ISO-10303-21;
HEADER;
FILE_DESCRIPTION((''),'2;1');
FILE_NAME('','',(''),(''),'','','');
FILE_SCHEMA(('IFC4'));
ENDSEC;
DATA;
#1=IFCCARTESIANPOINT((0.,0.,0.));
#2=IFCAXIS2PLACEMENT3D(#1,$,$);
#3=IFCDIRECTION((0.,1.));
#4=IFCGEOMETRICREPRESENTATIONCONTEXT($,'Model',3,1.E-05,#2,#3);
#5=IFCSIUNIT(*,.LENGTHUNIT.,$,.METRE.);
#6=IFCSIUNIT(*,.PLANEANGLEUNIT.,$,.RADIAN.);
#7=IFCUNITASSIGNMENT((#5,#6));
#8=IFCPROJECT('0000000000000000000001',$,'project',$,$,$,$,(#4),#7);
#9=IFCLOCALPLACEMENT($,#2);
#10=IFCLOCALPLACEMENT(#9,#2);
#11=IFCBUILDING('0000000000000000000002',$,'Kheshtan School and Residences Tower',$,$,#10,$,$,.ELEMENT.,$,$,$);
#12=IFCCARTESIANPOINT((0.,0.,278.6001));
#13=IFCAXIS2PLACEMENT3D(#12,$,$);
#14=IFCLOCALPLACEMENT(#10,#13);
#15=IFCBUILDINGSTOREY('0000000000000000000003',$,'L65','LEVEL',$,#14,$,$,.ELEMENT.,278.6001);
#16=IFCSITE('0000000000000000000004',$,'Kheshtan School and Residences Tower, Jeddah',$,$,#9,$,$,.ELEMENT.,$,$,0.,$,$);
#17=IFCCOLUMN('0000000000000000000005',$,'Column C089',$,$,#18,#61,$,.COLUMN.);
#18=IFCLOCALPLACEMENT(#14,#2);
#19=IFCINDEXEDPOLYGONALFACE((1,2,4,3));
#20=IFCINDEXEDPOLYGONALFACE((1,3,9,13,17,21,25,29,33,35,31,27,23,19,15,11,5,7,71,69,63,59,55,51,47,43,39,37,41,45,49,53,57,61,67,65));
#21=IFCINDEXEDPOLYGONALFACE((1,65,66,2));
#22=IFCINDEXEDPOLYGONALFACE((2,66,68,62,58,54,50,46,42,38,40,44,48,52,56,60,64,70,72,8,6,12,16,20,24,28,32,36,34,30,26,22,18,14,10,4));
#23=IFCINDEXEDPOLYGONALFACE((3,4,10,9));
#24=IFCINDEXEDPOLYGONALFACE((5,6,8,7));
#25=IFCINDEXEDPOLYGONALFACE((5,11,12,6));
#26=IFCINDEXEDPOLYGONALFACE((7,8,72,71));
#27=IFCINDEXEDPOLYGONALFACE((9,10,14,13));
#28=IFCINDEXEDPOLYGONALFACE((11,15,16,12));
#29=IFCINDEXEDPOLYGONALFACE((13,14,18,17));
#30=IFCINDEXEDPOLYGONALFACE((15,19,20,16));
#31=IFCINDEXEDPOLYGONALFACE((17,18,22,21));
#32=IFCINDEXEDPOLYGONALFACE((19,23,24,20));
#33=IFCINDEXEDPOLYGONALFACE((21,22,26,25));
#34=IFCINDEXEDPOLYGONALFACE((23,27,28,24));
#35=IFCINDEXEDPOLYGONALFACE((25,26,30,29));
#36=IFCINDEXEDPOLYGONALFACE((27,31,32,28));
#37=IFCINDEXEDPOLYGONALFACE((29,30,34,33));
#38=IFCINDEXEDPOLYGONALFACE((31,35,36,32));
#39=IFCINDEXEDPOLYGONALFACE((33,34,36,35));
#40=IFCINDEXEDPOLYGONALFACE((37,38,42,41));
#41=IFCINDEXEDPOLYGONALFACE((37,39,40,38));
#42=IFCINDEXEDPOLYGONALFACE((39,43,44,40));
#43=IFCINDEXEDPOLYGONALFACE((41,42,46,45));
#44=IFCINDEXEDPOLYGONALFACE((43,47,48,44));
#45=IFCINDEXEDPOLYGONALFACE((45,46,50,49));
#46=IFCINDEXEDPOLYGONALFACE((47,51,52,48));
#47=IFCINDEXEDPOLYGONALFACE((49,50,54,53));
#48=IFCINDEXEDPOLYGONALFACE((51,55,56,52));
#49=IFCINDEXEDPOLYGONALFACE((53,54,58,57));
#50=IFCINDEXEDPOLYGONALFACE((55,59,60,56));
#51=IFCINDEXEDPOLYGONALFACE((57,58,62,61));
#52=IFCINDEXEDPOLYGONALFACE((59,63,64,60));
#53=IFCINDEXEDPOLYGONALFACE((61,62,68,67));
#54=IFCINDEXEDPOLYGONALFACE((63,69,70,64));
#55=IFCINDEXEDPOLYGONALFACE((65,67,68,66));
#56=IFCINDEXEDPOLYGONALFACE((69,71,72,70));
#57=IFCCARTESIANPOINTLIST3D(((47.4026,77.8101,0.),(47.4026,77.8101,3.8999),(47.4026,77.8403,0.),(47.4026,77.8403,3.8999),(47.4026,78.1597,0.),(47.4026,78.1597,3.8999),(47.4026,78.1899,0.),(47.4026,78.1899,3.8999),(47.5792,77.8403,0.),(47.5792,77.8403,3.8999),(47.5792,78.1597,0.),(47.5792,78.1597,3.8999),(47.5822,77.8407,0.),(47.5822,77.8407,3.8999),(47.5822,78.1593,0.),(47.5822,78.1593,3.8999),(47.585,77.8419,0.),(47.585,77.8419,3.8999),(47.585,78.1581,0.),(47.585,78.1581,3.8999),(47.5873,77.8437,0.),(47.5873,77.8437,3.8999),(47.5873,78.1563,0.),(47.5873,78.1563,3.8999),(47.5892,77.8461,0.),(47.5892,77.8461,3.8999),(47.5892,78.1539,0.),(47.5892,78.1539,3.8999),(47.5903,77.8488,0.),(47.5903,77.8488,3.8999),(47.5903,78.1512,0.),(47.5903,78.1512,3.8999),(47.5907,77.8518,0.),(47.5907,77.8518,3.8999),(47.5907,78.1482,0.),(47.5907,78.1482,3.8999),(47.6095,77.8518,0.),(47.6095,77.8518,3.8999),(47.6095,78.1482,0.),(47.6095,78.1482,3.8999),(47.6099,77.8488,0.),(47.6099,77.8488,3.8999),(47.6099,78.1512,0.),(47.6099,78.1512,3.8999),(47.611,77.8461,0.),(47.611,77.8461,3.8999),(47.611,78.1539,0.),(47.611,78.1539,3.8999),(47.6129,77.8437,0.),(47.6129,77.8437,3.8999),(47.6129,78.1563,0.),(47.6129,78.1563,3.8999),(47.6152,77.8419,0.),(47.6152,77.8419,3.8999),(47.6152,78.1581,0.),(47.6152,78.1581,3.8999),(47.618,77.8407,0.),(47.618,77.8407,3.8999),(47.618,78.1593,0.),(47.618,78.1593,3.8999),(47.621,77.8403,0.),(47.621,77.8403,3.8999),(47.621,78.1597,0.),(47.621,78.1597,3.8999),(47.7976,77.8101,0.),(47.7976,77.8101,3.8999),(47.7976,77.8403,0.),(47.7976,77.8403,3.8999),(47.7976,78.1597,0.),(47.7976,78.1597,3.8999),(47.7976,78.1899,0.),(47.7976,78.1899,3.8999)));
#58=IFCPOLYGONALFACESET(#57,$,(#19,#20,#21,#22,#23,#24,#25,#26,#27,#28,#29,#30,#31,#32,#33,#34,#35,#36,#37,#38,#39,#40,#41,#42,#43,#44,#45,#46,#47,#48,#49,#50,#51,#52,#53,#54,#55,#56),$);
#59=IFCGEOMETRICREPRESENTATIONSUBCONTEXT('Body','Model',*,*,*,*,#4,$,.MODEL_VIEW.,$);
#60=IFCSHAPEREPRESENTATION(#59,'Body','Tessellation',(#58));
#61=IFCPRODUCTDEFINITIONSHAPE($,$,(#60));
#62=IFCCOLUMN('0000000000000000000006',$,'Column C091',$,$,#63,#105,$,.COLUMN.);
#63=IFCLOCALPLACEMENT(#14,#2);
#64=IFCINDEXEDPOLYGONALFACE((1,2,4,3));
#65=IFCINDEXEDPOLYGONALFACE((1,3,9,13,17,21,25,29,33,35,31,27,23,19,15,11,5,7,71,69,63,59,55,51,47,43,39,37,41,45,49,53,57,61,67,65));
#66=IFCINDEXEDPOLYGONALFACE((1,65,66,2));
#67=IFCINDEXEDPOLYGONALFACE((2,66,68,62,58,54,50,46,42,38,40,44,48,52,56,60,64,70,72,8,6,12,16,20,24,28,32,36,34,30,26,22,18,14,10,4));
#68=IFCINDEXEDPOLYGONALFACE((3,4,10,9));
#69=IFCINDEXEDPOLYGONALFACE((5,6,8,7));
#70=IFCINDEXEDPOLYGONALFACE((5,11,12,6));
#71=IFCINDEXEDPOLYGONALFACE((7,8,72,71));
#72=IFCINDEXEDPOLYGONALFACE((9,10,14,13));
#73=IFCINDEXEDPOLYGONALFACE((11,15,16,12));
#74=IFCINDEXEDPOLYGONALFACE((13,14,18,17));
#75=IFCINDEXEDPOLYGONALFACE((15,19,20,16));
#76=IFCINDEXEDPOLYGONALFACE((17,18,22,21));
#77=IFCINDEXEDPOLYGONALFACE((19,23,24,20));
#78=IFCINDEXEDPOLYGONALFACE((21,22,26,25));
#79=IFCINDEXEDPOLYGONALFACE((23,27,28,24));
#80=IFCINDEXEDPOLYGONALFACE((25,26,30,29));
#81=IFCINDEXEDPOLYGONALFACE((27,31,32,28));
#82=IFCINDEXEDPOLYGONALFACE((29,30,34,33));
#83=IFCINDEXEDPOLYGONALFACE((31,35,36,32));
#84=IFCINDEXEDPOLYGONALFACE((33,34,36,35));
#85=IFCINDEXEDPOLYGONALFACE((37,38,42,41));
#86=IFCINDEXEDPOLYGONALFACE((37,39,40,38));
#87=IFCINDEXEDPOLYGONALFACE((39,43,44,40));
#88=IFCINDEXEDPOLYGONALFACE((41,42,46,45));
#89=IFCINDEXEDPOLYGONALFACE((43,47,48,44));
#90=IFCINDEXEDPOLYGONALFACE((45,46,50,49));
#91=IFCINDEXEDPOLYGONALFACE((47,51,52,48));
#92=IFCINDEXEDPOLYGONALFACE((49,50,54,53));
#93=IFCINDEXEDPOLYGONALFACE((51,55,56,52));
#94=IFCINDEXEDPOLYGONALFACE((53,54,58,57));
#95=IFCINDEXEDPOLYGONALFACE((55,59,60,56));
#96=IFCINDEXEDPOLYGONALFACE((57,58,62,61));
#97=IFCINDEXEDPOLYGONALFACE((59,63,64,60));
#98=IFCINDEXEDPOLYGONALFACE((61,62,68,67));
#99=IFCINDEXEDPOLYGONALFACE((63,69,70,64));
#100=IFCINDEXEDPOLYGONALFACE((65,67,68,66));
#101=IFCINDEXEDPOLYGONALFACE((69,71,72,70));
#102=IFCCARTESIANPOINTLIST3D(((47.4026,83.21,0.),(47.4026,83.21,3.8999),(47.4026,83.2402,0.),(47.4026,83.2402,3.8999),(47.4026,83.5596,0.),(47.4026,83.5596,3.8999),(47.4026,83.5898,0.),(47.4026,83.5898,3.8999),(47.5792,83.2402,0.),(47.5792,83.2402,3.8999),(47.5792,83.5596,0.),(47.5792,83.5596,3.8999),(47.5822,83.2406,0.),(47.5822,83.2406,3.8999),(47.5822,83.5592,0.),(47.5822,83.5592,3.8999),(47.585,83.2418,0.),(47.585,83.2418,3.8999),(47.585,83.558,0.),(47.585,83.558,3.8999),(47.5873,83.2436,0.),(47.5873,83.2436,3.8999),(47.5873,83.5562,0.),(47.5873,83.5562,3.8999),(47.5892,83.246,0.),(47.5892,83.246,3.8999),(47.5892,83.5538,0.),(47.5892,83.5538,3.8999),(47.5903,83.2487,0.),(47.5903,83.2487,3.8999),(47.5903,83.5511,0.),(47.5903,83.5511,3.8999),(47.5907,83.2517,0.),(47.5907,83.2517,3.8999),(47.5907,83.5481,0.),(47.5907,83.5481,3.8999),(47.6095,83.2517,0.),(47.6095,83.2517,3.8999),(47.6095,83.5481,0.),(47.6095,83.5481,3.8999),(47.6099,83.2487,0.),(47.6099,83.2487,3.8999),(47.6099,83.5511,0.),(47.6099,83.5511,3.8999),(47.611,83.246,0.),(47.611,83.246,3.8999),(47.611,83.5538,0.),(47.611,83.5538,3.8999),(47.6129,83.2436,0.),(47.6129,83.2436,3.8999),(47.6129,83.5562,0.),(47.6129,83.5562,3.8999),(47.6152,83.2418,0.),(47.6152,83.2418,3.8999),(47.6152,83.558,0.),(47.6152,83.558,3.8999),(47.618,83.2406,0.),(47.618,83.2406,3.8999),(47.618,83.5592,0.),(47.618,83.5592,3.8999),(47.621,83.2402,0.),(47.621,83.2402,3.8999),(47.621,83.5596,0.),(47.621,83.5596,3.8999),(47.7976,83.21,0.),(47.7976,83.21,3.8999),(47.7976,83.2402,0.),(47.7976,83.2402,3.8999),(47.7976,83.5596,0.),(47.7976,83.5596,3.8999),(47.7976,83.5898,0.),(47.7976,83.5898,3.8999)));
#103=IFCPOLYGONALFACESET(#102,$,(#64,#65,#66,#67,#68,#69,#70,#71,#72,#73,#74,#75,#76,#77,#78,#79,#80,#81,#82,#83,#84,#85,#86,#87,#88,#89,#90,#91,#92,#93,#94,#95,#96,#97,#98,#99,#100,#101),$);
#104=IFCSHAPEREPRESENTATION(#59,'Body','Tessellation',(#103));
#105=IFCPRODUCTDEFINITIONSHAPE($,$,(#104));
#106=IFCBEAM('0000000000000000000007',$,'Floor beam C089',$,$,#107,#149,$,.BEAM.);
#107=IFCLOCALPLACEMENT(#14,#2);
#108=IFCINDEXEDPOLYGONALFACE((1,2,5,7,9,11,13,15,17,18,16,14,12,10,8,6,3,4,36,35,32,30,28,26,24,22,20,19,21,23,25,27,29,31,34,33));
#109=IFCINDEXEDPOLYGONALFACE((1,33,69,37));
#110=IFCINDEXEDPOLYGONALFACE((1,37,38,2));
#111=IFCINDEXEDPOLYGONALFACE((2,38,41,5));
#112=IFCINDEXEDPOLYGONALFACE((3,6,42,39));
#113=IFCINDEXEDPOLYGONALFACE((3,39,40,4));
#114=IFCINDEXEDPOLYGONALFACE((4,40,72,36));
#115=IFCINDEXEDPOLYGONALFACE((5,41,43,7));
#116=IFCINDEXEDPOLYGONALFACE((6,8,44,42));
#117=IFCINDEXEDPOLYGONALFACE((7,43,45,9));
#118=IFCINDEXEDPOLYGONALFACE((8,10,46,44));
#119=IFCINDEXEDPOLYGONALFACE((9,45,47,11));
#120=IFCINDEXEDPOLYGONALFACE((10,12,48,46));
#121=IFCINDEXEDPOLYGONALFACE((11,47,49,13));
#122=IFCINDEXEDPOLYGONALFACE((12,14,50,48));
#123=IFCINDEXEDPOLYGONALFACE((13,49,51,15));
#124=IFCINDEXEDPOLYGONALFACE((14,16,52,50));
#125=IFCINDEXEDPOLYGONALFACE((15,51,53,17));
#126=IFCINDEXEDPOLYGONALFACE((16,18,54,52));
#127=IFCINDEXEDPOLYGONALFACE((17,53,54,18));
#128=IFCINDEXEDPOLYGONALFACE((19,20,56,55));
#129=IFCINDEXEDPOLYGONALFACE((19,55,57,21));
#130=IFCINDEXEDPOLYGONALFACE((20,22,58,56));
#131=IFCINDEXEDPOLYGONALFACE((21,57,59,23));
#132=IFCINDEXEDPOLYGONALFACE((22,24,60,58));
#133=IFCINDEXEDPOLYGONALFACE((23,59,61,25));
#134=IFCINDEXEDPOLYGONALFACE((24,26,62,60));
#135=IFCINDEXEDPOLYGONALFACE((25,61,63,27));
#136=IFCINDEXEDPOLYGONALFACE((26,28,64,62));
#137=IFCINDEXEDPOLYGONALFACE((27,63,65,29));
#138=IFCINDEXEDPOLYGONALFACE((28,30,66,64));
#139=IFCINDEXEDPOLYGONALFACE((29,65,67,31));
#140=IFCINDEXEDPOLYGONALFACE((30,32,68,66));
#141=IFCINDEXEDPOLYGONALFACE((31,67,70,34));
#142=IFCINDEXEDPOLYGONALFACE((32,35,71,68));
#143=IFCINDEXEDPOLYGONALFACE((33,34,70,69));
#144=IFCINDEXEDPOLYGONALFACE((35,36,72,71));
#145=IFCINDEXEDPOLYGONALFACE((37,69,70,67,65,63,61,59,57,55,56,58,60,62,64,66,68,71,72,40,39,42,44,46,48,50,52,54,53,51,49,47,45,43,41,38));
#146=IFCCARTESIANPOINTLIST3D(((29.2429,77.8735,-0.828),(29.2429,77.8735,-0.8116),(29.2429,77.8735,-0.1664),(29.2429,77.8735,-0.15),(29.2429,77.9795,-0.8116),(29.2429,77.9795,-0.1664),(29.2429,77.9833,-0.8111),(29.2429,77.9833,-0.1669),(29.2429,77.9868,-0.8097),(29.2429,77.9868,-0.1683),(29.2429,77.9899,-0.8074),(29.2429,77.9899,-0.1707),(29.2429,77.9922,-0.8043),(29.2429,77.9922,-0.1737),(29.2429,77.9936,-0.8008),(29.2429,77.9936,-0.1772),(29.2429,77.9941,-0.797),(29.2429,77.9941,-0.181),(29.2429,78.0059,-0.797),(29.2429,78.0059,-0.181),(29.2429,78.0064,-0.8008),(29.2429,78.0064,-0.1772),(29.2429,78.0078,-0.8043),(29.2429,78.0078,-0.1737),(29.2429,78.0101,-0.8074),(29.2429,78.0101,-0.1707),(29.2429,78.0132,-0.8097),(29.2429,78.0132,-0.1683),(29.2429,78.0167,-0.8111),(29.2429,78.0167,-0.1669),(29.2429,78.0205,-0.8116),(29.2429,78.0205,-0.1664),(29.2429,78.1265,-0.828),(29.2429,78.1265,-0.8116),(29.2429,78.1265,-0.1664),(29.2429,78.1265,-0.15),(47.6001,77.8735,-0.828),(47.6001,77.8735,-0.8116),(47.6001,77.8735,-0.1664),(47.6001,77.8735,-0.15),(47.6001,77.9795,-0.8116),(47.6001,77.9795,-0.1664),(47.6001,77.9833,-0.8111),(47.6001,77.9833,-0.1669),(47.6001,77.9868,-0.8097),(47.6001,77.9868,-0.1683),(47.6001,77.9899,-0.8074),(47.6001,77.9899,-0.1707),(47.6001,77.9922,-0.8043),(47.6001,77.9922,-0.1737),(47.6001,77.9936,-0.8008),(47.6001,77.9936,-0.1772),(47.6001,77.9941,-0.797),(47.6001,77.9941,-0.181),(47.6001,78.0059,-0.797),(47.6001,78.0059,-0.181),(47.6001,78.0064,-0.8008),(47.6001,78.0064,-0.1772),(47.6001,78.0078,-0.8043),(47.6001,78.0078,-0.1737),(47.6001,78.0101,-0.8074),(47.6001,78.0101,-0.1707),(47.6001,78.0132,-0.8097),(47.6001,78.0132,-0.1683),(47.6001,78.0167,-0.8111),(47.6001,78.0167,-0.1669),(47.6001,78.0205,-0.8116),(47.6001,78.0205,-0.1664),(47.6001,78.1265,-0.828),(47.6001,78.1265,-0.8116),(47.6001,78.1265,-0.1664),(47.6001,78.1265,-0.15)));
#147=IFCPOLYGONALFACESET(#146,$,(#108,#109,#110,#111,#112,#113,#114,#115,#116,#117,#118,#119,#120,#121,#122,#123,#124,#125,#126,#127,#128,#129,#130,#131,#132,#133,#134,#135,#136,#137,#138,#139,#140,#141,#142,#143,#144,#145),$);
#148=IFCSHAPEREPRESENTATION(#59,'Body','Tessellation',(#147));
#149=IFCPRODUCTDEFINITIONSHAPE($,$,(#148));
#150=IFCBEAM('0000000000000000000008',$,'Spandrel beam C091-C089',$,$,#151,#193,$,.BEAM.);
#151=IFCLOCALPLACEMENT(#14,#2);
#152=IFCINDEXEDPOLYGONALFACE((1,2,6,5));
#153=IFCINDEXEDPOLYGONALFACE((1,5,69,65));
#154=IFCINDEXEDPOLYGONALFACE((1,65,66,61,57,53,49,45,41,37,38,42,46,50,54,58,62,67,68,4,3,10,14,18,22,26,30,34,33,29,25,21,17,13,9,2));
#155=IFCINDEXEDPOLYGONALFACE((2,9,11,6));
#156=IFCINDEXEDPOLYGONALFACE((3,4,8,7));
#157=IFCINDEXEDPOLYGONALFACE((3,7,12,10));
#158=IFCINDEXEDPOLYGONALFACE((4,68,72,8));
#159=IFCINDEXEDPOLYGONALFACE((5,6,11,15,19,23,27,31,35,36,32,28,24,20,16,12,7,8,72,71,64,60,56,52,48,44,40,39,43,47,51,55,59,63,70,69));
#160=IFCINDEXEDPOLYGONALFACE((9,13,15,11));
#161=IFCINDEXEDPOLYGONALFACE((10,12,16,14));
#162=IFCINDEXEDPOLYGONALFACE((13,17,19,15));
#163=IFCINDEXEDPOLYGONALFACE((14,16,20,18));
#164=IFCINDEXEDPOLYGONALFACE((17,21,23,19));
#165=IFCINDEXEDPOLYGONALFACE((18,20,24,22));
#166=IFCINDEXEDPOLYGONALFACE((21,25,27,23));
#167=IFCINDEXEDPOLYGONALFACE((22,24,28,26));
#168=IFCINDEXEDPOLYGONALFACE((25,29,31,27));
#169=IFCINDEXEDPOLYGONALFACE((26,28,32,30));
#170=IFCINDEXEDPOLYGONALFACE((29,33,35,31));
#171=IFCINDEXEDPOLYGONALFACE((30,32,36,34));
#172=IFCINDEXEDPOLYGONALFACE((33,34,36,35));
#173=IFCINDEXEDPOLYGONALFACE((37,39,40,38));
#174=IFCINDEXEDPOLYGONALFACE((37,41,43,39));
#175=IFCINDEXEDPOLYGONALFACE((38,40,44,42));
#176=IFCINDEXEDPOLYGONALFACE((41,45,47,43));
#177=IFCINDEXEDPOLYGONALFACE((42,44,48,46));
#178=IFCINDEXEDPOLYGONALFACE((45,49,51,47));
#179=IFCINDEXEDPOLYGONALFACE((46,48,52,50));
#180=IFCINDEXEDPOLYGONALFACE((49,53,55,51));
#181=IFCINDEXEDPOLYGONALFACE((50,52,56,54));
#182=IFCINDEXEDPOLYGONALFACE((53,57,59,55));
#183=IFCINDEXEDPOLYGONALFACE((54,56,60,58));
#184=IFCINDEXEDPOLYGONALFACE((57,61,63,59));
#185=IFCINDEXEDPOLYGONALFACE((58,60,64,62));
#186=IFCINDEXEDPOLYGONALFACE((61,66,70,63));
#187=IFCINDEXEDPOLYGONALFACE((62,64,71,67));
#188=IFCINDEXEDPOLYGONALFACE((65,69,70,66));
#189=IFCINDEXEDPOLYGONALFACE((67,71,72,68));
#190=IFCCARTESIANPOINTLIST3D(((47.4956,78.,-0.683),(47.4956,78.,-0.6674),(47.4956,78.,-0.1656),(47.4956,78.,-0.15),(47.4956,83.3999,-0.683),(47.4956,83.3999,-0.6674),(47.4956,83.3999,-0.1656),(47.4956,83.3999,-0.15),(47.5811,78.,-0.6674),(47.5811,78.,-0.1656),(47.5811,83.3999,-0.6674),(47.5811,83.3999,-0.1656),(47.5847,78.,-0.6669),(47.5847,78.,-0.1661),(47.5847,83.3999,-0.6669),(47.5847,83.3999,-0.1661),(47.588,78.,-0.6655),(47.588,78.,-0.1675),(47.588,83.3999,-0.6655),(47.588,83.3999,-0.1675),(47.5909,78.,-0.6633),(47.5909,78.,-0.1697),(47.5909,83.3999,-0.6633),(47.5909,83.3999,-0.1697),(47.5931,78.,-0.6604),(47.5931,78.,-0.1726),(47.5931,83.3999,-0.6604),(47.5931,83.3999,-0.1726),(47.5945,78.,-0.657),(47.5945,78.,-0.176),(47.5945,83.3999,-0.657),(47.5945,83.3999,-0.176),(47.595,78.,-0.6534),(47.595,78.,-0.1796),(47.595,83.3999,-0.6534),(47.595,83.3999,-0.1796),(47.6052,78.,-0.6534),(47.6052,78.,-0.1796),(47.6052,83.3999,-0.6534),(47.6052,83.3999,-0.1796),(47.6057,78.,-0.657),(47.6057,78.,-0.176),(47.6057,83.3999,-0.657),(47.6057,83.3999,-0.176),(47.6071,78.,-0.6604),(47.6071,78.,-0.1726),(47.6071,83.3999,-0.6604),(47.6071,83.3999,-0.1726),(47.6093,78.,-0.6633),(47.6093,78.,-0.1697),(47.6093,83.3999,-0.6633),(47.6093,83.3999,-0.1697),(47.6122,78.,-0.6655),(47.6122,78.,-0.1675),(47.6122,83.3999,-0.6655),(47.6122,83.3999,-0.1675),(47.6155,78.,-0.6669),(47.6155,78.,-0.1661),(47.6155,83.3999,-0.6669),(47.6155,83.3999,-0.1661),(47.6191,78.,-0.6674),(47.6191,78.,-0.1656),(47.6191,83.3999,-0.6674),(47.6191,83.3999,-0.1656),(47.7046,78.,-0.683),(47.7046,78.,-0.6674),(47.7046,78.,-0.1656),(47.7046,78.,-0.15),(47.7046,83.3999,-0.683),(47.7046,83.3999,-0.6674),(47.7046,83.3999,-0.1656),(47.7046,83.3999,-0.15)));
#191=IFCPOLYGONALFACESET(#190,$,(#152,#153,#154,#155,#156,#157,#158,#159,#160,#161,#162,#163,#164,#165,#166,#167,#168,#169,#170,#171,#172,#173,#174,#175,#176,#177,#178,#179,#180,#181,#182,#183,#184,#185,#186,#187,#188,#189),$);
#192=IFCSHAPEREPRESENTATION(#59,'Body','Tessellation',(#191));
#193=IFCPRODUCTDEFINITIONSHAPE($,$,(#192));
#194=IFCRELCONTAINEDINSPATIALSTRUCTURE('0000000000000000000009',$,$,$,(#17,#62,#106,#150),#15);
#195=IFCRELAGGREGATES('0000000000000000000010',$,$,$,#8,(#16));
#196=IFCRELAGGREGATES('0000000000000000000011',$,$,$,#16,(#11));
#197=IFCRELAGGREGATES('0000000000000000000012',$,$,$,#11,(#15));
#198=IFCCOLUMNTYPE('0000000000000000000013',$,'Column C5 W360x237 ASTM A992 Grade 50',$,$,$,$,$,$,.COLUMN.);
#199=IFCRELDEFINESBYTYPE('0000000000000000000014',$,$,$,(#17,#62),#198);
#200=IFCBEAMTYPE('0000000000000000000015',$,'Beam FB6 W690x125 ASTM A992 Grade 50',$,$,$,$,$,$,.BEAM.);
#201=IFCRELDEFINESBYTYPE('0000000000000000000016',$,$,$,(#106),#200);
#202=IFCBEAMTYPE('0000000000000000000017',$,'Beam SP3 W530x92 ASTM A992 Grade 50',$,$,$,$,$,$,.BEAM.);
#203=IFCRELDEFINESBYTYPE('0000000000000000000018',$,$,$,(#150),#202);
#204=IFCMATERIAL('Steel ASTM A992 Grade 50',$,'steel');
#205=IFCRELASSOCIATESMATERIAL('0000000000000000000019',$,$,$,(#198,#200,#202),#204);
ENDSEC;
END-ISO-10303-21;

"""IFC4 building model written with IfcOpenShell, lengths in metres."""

from ifc_helpers import new_model, si_unit, direction, frame, origin, origin_2d, place, context, subcontext, project, spatial, i_section, extrude, material, material_profile, profile_set, type_object, element, save


model = new_model("IFC4")

# Units and contexts
model_context = context("Model", 3, precision=1e-05, world=origin(), true_north=direction((0.0, 1.0)))
body_context = subcontext(model_context, "Body", "Model", "MODEL_VIEW")
ifc_project = project(units=[si_unit("LENGTHUNIT", "METRE"), si_unit("PLANEANGLEUNIT", "RADIAN")], contexts=[model_context])

# Site, building, storey
site_placement = place(None, origin())
site = spatial("IfcSite", under=ifc_project, at=site_placement, Name="Kheshtan School and Residences Tower, Jeddah", CompositionType="ELEMENT", RefElevation=0.0)
building_placement = place(site_placement, origin())
building = spatial("IfcBuilding", under=site, at=building_placement, Name="Kheshtan School and Residences Tower", CompositionType="ELEMENT")
storey_placement = place(building_placement, frame((0.0, 0.0, 278.6001)))
storey = spatial("IfcBuildingStorey", under=building, at=storey_placement, Name="L65", Description="LEVEL", CompositionType="ELEMENT", Elevation=278.6001)

# Columns
ifc_material_1 = material(Name="Steel ASTM A992 Grade 50", Category="steel")
ifc_material_profile_1 = material_profile(ifc_material_1, i_section(OverallWidth=0.395, OverallDepth=0.3799, WebThickness=0.0188, FlangeThickness=0.0303, FilletRadius=0.0115, at=origin_2d()), Name="W360x237")
ifc_profile_set_1 = profile_set([ifc_material_profile_1], Name="Steel ASTM A992 Grade 50")
column_type = type_object("IfcColumnType", Name="Column C5 W360x237 ASTM A992 Grade 50", PredefinedType="COLUMN", material=ifc_profile_set_1)
for number, where, z_axis, x_axis, name in (
    (1, (47.6001, 78.0, 0.0), (0.0, 0.0, 1.0), (1.0, 0.0, 0.0), "Column C089"),
    (2, (47.6001, 83.3999, 0.0), (0.0, 0.0, 1.0), (1.0, 0.0, 0.0), "Column C091"),
):
    element("IfcColumn", number, at=place(storey_placement, frame(where, z_axis=z_axis, x_axis=x_axis)), inside=storey, type_object=column_type, Name=name, PredefinedType="COLUMN", context=body_context, shape_type="SweptSolid", body=[
        extrude(i_section(OverallWidth=0.395, OverallDepth=0.3799, WebThickness=0.0188, FlangeThickness=0.0303, FilletRadius=0.0115, at=origin_2d()), origin(), (0.0, 0.0, 1.0), 3.8999),
    ])

# Beams
ifc_material_profile_2 = material_profile(ifc_material_1, i_section(OverallWidth=0.2529, OverallDepth=0.678, WebThickness=0.0117, FlangeThickness=0.0164, FilletRadius=0.0146, at=origin_2d()), Name="W690x125")
ifc_profile_set_2 = profile_set([ifc_material_profile_2], Name="Steel ASTM A992 Grade 50")
beam_type_1 = type_object("IfcBeamType", Name="Beam FB6 W690x125 ASTM A992 Grade 50", PredefinedType="BEAM", material=ifc_profile_set_2)
beam_placement = place(storey_placement, frame((47.6001, 78.0, -0.489), z_axis=(-1.0, 0.0, 0.0), x_axis=(0.0, -1.0, 0.0)))
element("IfcBeam", 3, at=beam_placement, inside=storey, type_object=beam_type_1, Name="Floor beam C089", PredefinedType="BEAM", context=body_context, shape_type="SweptSolid", body=[
    extrude(i_section(OverallWidth=0.2529, OverallDepth=0.678, WebThickness=0.0117, FlangeThickness=0.0164, FilletRadius=0.0146, at=origin_2d()), origin(), (0.0, 0.0, 1.0), 18.3572),
])
ifc_material_profile_3 = material_profile(ifc_material_1, i_section(OverallWidth=0.209, OverallDepth=0.533, WebThickness=0.0103, FlangeThickness=0.0156, FilletRadius=0.0139, at=origin_2d()), Name="W530x92")
ifc_profile_set_3 = profile_set([ifc_material_profile_3], Name="Steel ASTM A992 Grade 50")
beam_type_2 = type_object("IfcBeamType", Name="Beam SP3 W530x92 ASTM A992 Grade 50", PredefinedType="BEAM", material=ifc_profile_set_3)
for number, where, z_axis, x_axis, name in (
    (4, (47.6001, 83.3999, -0.4165), (0.0, -1.0, 0.0), (1.0, 0.0, 0.0), "Spandrel beam C091-C089"),
):
    element("IfcBeam", number, at=place(storey_placement, frame(where, z_axis=z_axis, x_axis=x_axis)), inside=storey, type_object=beam_type_2, Name=name, PredefinedType="BEAM", context=body_context, shape_type="SweptSolid", body=[
        extrude(i_section(OverallWidth=0.209, OverallDepth=0.533, WebThickness=0.0103, FlangeThickness=0.0156, FilletRadius=0.0139, at=origin_2d()), origin(), (0.0, 0.0, 1.0), 5.3999),
    ])

save(model, "model.ifc")
